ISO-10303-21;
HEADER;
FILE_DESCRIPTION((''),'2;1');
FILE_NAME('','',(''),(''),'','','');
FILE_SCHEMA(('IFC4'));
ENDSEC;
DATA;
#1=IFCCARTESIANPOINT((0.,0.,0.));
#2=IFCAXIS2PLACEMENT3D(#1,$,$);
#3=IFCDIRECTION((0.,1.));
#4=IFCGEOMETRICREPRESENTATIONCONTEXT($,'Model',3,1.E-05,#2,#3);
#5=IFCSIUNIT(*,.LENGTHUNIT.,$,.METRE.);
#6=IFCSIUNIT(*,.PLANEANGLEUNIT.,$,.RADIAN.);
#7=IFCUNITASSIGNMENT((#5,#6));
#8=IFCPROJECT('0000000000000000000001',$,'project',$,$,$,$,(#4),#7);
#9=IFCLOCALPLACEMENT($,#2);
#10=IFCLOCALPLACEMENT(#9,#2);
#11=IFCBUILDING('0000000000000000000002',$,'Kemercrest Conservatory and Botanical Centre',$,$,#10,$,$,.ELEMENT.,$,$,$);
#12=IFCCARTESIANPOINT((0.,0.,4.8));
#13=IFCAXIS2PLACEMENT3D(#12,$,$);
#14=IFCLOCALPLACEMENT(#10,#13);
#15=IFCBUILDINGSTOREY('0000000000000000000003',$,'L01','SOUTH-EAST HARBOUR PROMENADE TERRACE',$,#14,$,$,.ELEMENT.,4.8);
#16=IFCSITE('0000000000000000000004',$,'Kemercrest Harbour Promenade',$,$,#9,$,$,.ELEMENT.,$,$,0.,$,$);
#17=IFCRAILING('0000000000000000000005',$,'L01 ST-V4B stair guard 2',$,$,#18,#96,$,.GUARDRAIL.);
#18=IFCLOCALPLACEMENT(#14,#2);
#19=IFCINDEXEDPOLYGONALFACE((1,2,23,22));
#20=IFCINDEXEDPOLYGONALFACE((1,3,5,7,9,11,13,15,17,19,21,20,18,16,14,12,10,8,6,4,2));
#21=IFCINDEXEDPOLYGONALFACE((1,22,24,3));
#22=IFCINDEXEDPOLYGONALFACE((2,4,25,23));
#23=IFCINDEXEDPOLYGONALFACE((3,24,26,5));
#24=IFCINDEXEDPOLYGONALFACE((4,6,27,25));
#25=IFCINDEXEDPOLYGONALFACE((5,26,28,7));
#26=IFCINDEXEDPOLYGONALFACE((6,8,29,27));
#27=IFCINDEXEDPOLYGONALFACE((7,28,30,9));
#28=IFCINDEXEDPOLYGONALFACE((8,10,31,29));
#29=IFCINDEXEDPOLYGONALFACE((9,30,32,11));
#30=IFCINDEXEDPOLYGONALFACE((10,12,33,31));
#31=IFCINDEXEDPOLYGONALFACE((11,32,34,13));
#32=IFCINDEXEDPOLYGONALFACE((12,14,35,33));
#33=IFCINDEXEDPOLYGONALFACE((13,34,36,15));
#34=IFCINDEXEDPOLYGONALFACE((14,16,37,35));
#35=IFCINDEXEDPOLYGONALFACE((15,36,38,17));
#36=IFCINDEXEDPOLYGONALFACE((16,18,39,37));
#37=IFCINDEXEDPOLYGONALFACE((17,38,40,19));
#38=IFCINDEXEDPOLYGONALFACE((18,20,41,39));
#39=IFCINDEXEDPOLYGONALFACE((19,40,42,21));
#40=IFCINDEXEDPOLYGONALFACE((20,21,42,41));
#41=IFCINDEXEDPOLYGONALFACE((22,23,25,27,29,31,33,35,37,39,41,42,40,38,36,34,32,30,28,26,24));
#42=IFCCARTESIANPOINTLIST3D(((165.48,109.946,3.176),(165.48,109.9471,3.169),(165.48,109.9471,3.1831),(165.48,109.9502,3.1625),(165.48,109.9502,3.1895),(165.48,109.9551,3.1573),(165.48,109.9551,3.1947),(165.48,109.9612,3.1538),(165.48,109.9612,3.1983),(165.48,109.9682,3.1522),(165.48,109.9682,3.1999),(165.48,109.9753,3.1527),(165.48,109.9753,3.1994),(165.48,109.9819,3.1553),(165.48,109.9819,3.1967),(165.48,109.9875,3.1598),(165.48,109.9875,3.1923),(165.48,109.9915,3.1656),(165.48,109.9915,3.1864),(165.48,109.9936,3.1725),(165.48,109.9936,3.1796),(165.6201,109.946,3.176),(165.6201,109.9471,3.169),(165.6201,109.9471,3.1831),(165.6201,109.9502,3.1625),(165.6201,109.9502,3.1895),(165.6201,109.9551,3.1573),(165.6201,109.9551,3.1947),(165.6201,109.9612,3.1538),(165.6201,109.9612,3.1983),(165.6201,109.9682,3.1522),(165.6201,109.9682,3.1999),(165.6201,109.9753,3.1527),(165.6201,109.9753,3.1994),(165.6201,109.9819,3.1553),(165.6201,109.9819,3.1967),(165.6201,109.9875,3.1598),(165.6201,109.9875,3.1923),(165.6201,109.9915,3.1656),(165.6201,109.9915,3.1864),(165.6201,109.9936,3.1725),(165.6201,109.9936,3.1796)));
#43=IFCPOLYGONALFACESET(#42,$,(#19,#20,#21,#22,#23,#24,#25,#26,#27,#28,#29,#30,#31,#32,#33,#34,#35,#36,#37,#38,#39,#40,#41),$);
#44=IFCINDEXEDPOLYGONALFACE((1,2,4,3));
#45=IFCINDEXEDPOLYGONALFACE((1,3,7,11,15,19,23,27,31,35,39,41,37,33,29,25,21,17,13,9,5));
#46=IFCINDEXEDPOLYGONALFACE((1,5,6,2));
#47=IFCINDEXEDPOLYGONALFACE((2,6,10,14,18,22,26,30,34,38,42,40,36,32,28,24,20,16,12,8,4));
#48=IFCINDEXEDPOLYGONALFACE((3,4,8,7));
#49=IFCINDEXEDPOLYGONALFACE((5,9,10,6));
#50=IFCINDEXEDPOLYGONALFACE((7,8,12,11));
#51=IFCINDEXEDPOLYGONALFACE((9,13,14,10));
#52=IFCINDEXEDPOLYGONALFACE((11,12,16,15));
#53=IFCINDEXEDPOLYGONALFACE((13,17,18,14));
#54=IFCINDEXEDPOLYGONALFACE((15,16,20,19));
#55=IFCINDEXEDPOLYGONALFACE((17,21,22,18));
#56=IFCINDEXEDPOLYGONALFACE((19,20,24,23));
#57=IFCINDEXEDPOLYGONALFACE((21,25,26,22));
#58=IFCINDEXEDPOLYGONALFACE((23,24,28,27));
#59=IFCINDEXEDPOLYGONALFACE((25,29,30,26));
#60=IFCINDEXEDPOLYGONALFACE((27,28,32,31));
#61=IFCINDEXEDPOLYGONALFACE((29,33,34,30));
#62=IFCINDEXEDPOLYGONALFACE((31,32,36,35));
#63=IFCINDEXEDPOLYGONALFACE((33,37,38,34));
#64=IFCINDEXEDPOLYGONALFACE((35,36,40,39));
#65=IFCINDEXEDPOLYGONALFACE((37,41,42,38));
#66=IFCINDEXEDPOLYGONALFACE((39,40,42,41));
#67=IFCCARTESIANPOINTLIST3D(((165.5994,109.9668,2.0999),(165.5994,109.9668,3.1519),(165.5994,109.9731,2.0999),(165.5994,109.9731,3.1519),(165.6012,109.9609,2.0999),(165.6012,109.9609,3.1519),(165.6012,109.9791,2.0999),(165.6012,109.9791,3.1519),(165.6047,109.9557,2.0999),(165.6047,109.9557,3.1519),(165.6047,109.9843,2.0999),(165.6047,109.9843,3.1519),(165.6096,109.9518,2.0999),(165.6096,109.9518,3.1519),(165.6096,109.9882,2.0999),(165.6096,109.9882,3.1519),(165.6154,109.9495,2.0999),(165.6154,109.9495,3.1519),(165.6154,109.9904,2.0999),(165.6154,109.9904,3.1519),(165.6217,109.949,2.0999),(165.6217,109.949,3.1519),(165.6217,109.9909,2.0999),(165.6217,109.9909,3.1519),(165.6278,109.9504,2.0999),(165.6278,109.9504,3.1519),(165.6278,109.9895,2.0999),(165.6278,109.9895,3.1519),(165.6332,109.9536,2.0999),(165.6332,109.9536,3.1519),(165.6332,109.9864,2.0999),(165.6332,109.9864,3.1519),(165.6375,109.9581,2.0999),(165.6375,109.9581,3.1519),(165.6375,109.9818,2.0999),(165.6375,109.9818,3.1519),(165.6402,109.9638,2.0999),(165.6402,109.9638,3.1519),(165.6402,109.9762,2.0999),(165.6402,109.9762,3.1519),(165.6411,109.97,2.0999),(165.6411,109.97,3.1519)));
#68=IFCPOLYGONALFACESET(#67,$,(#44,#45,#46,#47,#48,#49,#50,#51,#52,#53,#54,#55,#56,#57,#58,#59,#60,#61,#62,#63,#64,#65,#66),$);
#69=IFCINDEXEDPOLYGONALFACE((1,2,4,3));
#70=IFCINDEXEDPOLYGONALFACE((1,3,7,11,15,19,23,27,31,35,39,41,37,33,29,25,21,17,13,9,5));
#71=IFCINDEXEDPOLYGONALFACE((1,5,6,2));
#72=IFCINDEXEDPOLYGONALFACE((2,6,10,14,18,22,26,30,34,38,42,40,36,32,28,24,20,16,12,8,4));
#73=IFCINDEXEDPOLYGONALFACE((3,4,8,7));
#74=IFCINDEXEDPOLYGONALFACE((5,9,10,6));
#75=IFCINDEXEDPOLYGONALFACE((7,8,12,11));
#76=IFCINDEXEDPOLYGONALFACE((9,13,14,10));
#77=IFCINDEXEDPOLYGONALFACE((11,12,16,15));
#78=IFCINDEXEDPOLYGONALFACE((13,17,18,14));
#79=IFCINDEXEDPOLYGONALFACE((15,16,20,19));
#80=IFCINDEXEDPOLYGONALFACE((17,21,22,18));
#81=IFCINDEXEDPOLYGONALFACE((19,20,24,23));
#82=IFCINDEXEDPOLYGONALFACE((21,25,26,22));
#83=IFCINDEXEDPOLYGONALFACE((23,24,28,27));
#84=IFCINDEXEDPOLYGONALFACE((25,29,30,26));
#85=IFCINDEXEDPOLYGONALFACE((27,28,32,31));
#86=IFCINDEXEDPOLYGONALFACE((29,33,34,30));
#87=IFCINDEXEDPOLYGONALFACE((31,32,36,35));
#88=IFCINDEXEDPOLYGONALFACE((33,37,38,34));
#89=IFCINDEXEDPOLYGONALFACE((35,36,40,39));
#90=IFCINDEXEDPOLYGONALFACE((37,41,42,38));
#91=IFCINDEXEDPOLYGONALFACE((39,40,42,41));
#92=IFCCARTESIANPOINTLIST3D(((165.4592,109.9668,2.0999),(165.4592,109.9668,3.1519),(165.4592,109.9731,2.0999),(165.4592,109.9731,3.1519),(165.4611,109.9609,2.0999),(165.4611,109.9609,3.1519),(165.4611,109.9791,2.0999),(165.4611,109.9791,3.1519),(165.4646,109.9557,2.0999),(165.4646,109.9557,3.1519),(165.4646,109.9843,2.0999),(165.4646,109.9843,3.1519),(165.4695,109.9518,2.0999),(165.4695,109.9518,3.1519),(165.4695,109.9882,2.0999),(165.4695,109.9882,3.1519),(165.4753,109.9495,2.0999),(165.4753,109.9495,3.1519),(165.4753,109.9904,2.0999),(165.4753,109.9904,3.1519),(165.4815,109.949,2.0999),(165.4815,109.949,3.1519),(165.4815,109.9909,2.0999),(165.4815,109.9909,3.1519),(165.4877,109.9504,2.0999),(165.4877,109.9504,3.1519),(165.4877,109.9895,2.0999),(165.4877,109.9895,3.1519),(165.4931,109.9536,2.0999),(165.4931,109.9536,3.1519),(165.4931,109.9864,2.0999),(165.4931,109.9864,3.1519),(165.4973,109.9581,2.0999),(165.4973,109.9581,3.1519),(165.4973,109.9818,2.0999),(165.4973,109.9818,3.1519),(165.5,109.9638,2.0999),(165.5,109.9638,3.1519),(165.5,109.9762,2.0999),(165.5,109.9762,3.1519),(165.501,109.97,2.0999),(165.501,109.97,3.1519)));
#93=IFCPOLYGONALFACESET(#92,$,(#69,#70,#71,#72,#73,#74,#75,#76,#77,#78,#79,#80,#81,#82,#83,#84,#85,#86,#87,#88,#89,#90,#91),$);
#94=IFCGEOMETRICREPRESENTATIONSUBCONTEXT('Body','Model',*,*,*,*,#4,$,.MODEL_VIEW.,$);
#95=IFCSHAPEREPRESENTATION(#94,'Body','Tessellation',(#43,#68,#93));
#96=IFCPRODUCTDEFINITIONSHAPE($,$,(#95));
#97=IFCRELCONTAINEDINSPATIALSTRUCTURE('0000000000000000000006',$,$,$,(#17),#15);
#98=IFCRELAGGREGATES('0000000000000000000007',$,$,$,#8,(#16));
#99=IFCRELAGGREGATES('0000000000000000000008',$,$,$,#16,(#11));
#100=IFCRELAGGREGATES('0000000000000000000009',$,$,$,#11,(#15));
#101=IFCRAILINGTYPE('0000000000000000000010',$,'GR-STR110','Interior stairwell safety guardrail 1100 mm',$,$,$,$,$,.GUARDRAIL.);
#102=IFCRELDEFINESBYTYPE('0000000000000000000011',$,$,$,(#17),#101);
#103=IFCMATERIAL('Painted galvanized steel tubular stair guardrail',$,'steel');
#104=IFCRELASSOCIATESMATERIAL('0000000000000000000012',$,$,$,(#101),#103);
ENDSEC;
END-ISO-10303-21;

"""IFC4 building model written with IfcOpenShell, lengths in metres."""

from ifc_helpers import new_model, si_unit, direction, frame, origin, origin_2d, place, context, subcontext, project, spatial, circle, extrude, material, type_object, element, save


model = new_model("IFC4")

# Units and contexts
model_context = context("Model", 3, precision=1e-05, world=origin(), true_north=direction((0.0, 1.0)))
body_context = subcontext(model_context, "Body", "Model", "MODEL_VIEW")
ifc_project = project(units=[si_unit("LENGTHUNIT", "METRE"), si_unit("PLANEANGLEUNIT", "RADIAN")], contexts=[model_context])

# Site, building, storey
site_placement = place(None, origin())
site = spatial("IfcSite", under=ifc_project, at=site_placement, Name="Kemercrest Harbour Promenade", CompositionType="ELEMENT", RefElevation=0.0)
building_placement = place(site_placement, origin())
building = spatial("IfcBuilding", under=site, at=building_placement, Name="Kemercrest Conservatory and Botanical Centre", CompositionType="ELEMENT")
storey_placement = place(building_placement, frame((0.0, 0.0, 4.8)))
storey = spatial("IfcBuildingStorey", under=building, at=storey_placement, Name="L01", Description="SOUTH-EAST HARBOUR PROMENADE TERRACE", CompositionType="ELEMENT", Elevation=4.8)

# Railing
ifc_material_1 = material(Name="Painted galvanized steel tubular stair guardrail", Category="steel")
railing_type_1 = type_object("IfcRailingType", Name="GR-STR110", Description="Interior stairwell safety guardrail 1100 mm", PredefinedType="GUARDRAIL", material=ifc_material_1)
railing_1_placement = place(storey_placement, frame((165.6201, 109.97, 2.0999)))
element("IfcRailing", 1, at=railing_1_placement, inside=storey, type_object=railing_type_1, Name="L01 ST-V4B stair guard 2", PredefinedType="GUARDRAIL", context=body_context, shape_type="SweptSolid", body=[
    extrude(circle(Radius=0.0239, at=origin_2d()), frame((0.0, 0.0, 1.0762), z_axis=(-1.0, 0.0, 0.0), x_axis=(0.0, -1.0, 0.0)), (0.0, 0.0, 1.0), 0.1401),
    extrude(circle(Radius=0.021, at=origin_2d()), origin(), (0.0, 0.0, 1.0), 1.052),
    extrude(circle(Radius=0.021, at=origin_2d()), frame((-0.1401, 0.0, 0.0)), (0.0, 0.0, 1.0), 1.052),
])

save(model, "model.ifc")
